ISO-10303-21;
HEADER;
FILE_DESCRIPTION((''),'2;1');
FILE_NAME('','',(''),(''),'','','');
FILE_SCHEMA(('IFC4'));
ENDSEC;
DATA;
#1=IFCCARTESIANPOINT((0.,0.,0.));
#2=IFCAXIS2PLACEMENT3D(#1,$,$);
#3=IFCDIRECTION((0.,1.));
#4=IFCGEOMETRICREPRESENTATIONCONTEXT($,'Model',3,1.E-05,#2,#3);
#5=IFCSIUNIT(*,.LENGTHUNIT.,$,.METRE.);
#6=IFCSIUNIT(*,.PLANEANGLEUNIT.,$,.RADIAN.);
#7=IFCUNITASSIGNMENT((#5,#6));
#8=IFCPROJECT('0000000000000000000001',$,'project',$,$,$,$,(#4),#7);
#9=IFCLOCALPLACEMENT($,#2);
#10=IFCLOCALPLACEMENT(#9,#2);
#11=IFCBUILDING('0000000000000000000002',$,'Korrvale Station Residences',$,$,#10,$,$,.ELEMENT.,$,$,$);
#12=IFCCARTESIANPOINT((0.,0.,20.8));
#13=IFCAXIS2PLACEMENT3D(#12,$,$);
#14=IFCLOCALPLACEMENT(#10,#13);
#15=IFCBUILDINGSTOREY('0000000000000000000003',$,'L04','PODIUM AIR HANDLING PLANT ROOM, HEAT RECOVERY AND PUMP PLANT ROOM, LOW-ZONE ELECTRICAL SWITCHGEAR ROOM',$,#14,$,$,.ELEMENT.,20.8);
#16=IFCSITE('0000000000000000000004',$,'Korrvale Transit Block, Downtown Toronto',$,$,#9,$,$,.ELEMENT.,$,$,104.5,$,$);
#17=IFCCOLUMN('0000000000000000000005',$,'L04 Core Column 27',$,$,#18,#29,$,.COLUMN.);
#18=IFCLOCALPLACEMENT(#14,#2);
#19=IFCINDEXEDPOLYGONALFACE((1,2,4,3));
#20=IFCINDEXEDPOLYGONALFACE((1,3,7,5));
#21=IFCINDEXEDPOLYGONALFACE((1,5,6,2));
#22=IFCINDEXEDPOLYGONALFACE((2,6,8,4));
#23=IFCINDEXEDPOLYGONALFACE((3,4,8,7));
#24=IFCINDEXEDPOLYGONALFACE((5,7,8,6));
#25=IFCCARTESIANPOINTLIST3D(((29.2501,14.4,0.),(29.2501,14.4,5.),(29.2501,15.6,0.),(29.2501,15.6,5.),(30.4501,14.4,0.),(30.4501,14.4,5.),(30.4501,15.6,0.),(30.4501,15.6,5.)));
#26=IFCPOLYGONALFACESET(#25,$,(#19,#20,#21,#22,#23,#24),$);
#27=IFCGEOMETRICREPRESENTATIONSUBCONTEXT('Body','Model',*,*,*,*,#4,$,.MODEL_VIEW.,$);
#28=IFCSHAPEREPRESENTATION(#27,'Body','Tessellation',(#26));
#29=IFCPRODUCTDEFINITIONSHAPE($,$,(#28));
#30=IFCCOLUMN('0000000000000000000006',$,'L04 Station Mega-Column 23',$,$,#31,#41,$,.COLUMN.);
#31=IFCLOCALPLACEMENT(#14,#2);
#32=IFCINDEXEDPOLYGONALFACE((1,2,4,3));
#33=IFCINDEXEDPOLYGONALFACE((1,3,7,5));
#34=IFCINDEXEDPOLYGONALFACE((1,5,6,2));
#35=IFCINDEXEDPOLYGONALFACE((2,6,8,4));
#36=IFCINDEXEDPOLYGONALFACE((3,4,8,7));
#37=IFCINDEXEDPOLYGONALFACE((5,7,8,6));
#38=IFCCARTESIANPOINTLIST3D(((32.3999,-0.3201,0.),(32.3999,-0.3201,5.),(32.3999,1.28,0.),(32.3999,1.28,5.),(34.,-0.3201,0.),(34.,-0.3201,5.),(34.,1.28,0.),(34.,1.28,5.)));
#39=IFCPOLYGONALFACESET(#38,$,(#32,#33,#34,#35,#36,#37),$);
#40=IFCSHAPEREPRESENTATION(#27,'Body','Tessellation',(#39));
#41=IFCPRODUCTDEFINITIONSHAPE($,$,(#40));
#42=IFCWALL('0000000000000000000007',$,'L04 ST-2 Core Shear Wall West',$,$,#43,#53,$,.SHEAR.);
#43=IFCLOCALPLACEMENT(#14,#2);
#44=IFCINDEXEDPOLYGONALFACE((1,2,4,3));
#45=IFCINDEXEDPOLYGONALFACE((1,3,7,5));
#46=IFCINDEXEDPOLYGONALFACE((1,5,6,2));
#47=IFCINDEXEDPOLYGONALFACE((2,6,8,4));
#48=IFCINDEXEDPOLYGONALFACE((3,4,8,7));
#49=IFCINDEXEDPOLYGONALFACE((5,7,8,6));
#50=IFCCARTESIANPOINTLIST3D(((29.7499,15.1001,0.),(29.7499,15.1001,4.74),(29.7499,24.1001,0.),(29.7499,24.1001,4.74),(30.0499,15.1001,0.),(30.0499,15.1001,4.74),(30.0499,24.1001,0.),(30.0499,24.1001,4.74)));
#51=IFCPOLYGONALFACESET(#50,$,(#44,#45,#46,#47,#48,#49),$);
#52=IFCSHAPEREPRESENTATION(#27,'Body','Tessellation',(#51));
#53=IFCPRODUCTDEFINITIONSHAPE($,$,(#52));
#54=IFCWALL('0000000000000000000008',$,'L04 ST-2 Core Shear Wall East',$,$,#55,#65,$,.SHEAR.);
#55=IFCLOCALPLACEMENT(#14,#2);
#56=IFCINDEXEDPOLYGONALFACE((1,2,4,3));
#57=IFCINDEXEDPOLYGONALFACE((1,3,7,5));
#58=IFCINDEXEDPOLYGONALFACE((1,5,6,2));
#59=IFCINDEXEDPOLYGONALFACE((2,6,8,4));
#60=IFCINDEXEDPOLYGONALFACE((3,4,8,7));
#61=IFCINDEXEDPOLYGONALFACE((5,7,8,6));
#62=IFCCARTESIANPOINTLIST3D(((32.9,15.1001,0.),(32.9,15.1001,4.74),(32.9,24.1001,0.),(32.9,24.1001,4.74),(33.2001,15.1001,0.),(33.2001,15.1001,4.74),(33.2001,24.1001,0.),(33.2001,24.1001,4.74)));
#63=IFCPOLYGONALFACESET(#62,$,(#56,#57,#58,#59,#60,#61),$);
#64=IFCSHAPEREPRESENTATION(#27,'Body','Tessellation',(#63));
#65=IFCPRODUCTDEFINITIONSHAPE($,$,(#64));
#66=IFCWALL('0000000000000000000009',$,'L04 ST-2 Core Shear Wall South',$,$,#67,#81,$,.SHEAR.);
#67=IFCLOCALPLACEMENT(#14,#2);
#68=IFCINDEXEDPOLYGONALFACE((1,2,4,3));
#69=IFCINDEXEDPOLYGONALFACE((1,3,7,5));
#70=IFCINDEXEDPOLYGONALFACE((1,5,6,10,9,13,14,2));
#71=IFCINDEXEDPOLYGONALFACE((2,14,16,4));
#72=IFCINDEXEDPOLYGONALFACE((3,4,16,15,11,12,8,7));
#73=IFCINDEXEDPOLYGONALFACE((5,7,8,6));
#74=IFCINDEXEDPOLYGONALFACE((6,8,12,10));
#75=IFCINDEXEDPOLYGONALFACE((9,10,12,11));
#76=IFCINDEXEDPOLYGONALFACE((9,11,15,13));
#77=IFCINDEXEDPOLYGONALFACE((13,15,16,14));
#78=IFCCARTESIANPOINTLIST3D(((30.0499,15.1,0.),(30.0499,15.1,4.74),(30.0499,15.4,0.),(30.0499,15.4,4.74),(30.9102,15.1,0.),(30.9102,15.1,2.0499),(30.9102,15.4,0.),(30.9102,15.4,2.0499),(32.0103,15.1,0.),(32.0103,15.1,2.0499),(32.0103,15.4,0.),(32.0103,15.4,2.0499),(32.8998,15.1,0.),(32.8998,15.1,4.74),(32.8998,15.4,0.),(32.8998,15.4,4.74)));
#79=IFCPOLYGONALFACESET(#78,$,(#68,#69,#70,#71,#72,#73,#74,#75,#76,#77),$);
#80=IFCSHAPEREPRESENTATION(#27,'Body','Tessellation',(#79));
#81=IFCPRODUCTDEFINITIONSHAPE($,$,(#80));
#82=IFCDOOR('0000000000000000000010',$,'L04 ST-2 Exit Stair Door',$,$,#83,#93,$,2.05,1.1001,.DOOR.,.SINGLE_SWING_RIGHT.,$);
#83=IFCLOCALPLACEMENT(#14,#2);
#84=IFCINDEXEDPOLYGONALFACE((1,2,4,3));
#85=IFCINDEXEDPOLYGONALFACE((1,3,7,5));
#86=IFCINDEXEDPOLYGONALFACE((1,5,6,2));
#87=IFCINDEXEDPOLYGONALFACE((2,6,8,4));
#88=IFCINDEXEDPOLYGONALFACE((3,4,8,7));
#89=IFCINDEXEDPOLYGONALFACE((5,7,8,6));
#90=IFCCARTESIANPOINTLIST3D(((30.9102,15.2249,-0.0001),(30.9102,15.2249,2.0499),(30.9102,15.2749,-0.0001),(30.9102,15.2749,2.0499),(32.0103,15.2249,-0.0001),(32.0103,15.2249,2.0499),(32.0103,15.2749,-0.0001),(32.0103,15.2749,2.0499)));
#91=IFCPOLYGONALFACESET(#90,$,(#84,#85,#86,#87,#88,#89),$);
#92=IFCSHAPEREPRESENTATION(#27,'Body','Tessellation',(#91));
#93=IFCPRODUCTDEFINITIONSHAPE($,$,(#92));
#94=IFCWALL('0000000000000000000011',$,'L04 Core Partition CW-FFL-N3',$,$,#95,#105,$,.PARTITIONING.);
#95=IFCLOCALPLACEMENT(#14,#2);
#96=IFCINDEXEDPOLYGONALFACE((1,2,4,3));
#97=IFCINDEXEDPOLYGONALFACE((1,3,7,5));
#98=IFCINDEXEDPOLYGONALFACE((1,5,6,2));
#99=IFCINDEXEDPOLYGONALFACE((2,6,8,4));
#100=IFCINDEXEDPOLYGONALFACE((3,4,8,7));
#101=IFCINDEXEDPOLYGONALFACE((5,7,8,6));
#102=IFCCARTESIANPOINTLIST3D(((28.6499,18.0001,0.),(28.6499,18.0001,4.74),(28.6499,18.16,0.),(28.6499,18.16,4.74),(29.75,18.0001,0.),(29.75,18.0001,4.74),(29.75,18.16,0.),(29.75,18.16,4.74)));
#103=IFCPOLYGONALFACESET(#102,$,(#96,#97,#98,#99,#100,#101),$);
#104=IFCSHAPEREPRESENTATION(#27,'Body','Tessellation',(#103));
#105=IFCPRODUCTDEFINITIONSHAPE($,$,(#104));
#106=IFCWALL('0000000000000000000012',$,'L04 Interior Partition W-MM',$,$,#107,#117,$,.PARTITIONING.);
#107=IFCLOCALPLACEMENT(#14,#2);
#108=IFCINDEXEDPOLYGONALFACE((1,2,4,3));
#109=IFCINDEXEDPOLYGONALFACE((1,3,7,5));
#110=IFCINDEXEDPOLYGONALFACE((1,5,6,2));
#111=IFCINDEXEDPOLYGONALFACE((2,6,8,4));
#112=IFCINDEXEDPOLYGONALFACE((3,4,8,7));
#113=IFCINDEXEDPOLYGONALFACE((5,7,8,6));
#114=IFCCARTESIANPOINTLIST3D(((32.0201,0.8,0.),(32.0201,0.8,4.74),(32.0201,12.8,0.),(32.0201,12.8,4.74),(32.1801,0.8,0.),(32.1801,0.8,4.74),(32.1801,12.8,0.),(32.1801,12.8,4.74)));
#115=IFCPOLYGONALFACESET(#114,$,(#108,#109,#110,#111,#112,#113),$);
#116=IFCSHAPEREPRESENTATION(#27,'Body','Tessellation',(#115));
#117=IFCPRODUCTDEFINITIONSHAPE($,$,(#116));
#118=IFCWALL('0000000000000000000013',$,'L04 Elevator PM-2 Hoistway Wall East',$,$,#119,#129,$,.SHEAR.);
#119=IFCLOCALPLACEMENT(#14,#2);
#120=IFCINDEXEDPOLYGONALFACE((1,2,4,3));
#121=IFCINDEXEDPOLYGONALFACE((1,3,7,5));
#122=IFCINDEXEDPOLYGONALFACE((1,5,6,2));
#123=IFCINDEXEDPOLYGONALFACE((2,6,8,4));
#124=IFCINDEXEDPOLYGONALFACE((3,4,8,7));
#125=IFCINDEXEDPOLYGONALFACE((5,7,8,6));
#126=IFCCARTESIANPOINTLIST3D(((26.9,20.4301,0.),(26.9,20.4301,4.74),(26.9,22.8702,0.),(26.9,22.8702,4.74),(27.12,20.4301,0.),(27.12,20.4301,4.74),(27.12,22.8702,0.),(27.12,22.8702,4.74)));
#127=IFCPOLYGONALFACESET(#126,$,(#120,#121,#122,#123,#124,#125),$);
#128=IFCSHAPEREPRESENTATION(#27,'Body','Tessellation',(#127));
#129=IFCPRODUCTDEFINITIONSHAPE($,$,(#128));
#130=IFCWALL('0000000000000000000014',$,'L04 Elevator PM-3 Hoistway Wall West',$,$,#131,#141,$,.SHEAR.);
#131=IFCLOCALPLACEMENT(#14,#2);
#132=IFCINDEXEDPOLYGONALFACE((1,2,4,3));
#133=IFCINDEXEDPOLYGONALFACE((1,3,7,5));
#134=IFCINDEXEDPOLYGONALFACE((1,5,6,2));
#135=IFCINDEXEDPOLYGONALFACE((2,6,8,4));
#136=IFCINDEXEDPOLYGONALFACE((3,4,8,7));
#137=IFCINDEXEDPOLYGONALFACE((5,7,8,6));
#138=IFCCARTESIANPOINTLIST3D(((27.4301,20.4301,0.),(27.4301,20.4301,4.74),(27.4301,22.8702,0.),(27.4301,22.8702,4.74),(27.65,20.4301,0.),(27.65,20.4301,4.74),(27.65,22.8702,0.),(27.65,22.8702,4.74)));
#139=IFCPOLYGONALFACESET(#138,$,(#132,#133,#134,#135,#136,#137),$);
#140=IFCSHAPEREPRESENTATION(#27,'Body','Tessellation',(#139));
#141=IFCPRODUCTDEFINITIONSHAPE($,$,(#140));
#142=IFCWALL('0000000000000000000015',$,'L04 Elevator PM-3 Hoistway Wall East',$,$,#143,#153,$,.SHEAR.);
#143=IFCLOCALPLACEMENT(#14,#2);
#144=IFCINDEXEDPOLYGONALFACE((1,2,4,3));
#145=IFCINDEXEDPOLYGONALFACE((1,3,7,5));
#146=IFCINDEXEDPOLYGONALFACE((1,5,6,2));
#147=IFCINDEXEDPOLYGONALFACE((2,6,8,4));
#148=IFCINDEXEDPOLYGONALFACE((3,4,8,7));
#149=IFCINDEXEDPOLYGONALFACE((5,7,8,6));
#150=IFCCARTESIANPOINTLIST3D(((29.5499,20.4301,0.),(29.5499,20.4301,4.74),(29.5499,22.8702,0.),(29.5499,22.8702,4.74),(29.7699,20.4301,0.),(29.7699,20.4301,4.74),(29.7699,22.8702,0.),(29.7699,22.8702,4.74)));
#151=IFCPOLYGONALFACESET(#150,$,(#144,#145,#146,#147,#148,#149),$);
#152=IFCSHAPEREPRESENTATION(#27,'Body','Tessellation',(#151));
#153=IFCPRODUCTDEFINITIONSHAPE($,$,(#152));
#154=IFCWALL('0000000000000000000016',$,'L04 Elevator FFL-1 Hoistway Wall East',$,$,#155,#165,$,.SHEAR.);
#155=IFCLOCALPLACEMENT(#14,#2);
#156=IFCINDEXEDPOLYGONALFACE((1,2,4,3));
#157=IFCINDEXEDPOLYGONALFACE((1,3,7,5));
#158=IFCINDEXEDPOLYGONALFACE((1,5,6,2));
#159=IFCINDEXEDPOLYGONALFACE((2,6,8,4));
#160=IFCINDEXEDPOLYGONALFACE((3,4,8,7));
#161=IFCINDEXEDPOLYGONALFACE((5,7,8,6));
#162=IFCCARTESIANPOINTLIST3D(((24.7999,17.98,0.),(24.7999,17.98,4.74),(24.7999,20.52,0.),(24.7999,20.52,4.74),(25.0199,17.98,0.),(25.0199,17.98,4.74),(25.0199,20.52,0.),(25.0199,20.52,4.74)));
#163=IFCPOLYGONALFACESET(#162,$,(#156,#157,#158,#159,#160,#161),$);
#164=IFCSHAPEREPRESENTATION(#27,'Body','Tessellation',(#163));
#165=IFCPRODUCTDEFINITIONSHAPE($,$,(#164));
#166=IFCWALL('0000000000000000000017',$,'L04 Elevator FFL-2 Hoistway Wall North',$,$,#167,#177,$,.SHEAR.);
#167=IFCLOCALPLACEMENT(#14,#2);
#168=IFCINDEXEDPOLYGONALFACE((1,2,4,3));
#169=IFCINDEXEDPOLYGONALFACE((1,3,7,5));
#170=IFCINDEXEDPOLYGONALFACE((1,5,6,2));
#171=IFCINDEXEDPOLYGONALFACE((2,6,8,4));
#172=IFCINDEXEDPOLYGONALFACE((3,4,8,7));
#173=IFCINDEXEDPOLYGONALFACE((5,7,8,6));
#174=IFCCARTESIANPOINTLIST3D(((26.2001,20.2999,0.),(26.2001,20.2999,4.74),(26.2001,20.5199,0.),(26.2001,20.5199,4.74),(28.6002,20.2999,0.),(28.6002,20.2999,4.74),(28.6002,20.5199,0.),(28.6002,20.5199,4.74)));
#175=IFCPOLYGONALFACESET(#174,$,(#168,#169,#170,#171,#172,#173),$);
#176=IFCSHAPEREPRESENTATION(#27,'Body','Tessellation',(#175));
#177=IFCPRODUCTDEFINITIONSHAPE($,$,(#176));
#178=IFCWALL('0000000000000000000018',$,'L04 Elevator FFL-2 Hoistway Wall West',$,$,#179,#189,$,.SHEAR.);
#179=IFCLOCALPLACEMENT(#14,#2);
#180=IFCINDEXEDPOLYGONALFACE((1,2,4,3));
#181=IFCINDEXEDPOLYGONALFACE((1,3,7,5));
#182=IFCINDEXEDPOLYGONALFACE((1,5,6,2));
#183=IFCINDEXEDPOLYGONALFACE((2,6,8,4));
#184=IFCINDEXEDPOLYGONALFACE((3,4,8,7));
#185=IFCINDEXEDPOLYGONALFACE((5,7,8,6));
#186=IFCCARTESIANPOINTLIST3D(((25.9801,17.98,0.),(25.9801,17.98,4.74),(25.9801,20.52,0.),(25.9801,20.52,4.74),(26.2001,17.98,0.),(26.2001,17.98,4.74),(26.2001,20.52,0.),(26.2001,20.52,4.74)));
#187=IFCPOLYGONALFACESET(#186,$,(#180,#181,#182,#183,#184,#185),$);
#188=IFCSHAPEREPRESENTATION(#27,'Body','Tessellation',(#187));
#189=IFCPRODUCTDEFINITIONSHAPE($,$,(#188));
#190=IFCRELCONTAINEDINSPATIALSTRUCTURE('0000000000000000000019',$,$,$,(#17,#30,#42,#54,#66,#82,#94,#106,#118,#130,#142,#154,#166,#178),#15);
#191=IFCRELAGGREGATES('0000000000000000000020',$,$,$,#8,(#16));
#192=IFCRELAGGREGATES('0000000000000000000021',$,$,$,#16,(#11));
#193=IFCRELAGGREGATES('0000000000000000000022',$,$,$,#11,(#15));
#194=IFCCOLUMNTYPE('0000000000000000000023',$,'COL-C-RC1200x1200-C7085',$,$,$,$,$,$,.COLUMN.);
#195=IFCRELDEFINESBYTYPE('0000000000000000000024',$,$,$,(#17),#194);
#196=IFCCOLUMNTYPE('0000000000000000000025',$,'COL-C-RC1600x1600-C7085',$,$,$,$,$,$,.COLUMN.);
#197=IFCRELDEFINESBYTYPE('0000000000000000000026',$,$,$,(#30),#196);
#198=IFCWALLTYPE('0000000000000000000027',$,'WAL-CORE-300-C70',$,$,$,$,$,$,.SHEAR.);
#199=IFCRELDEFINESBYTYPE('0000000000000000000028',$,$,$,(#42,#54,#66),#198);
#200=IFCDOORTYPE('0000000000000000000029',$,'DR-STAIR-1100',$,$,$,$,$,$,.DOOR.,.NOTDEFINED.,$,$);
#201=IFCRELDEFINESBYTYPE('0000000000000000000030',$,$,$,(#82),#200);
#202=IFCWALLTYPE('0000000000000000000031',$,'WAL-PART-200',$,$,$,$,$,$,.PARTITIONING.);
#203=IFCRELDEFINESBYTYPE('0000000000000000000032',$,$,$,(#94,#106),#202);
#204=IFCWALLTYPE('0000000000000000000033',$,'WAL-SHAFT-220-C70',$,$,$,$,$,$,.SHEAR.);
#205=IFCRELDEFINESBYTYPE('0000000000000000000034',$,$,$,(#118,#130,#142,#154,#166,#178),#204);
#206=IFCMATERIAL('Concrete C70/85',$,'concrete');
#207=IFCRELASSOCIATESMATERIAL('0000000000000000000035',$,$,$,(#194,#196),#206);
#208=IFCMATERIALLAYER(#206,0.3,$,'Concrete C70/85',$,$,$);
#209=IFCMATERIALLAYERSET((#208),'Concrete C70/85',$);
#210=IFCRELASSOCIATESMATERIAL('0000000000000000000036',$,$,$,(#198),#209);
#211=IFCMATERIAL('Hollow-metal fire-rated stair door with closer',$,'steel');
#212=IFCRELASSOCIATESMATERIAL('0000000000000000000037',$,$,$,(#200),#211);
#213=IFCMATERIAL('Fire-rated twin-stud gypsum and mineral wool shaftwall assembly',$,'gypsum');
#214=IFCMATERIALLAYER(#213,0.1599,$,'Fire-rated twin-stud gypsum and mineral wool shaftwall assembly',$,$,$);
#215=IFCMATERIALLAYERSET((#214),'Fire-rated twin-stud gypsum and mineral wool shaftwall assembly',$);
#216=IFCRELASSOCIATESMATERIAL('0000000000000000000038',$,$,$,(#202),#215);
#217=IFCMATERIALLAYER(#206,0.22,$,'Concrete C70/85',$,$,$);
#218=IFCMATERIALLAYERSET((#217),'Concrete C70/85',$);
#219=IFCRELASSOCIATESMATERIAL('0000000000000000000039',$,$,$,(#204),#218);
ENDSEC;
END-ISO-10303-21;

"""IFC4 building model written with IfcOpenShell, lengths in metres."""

from ifc_helpers import new_model, si_unit, direction, frame, frame_2d, origin, origin_2d, place, context, subcontext, project, spatial, rectangle, extrude, material, layer, layer_set, material_profile, profile_set, type_object, element, fill, save


model = new_model("IFC4")

# Units and contexts
model_context = context("Model", 3, precision=1e-05, world=origin(), true_north=direction((0.0, 1.0)))
body_context = subcontext(model_context, "Body", "Model", "MODEL_VIEW")
ifc_project = project(units=[si_unit("LENGTHUNIT", "METRE"), si_unit("PLANEANGLEUNIT", "RADIAN")], contexts=[model_context])

# Site, building, storey
site_placement = place(None, origin())
site = spatial("IfcSite", under=ifc_project, at=site_placement, Name="Korrvale Transit Block, Downtown Toronto", CompositionType="ELEMENT", RefElevation=104.5)
building_placement = place(site_placement, origin())
building = spatial("IfcBuilding", under=site, at=building_placement, Name="Korrvale Station Residences", CompositionType="ELEMENT")
storey_placement = place(building_placement, frame((0.0, 0.0, 20.8)))
storey = spatial("IfcBuildingStorey", under=building, at=storey_placement, Name="L04", Description="PODIUM AIR HANDLING PLANT ROOM, HEAT RECOVERY AND PUMP PLANT ROOM, LOW-ZONE ELECTRICAL SWITCHGEAR ROOM", CompositionType="ELEMENT", Elevation=20.8)

# Columns
ifc_material_1 = material(Name="Concrete C70/85", Category="concrete")
ifc_material_profile_1 = material_profile(ifc_material_1, rectangle(XDim=1.2, YDim=1.2, at=origin_2d()), Name="RC1200x1200")
ifc_profile_set_1 = profile_set([ifc_material_profile_1], Name="Concrete C70/85")
column_type_1 = type_object("IfcColumnType", Name="COL-C-RC1200x1200-C7085", PredefinedType="COLUMN", material=ifc_profile_set_1)
column_1_placement = place(storey_placement, frame((29.8501, 15.0, 0.0), z_axis=(0.0, 0.0, 1.0), x_axis=(1.0, 0.0, 0.0)))
element("IfcColumn", 1, at=column_1_placement, inside=storey, type_object=column_type_1, Name="L04 Core Column 27", PredefinedType="COLUMN", context=body_context, shape_type="SweptSolid", body=[
    extrude(rectangle(XDim=1.2, YDim=1.2, at=origin_2d()), origin(), (0.0, 0.0, 1.0), 5.0),
])
ifc_material_profile_2 = material_profile(ifc_material_1, rectangle(XDim=1.6001, YDim=1.6001, at=origin_2d()), Name="RC1600x1600")
ifc_profile_set_2 = profile_set([ifc_material_profile_2], Name="Concrete C70/85")
column_type_2 = type_object("IfcColumnType", Name="COL-C-RC1600x1600-C7085", PredefinedType="COLUMN", material=ifc_profile_set_2)
column_2_placement = place(storey_placement, frame((33.2, 0.48, 0.0), z_axis=(0.0, 0.0, 1.0), x_axis=(1.0, 0.0, 0.0)))
element("IfcColumn", 2, at=column_2_placement, inside=storey, type_object=column_type_2, Name="L04 Station Mega-Column 23", PredefinedType="COLUMN", context=body_context, shape_type="SweptSolid", body=[
    extrude(rectangle(XDim=1.6001, YDim=1.6001, at=origin_2d()), origin(), (0.0, 0.0, 1.0), 5.0),
])

# Walls
ifc_layer_1 = layer(ifc_material_1, 0.3, Name="Concrete C70/85")
ifc_layer_set_1 = layer_set([ifc_layer_1], Name="Concrete C70/85")
wall_type_1 = type_object("IfcWallType", Name="WAL-CORE-300-C70", PredefinedType="SHEAR", material=ifc_layer_set_1)
for number, where, z_axis, x_axis, name in (
    (3, (29.8999, 15.1001, 0.0), (0.0, 0.0, 1.0), (0.0, 1.0, 0.0), "L04 ST-2 Core Shear Wall West"),
    (4, (33.05, 15.1001, 0.0), (0.0, 0.0, 1.0), (0.0, 1.0, 0.0), "L04 ST-2 Core Shear Wall East"),
):
    element("IfcWall", number, at=place(storey_placement, frame(where, z_axis=z_axis, x_axis=x_axis)), inside=storey, type_object=wall_type_1, Name=name, PredefinedType="SHEAR", context=body_context, shape_type="SweptSolid", body=[
        extrude(rectangle(XDim=9.0, YDim=0.3, at=frame_2d((4.5, 0.0))), origin(), (0.0, 0.0, 1.0), 4.74),
    ])

# Wall, opening, door
wall_1_placement = place(storey_placement, frame((30.05, 15.25, 0.0), z_axis=(0.0, 0.0, 1.0), x_axis=(1.0, 0.0, 0.0)))
wall_1 = element("IfcWall", 5, at=wall_1_placement, inside=storey, type_object=wall_type_1, Name="L04 ST-2 Core Shear Wall South", PredefinedType="SHEAR", context=body_context, shape_type="SweptSolid", body=[
    extrude(rectangle(XDim=2.8499, YDim=0.3, at=frame_2d((1.4248, 0.0))), origin(), (0.0, 0.0, 1.0), 4.74),
])
opening_1_placement = place(wall_1_placement, frame((0.8601, 0.0, 0.0)))
opening_1 = element("IfcOpeningElement", 6, at=opening_1_placement, cuts=wall_1, PredefinedType="OPENING", context=body_context, shape_type="SweptSolid", body=[
    extrude(rectangle(XDim=1.1001, YDim=2.05, at=frame_2d((0.55, 1.0249))), frame((0.0, 0.1602, 0.0), z_axis=(0.0, -1.0, 0.0), x_axis=(1.0, 0.0, 0.0)), (0.0, 0.0, 1.0), 0.3201),
])
ifc_material_2 = material(Name="Hollow-metal fire-rated stair door with closer", Category="steel")
door_type_1 = type_object("IfcDoorType", Name="DR-STAIR-1100", OperationType="NOTDEFINED", PredefinedType="DOOR", material=ifc_material_2)
door_1_placement = place(opening_1_placement, origin())
door_1 = element("IfcDoor", 7, at=door_1_placement, inside=storey, type_object=door_type_1, Name="L04 ST-2 Exit Stair Door", OperationType="SINGLE_SWING_RIGHT", OverallHeight=2.05, OverallWidth=1.1001, PredefinedType="DOOR", context=body_context, shape_type="SweptSolid", body=[
    extrude(rectangle(XDim=1.1001, YDim=2.05, at=frame_2d((0.55, 1.0249))), frame((0.0, 0.0249, 0.0), z_axis=(0.0, -1.0, 0.0), x_axis=(1.0, 0.0, 0.0)), (0.0, 0.0, 1.0), 0.05),
])
fill(opening_1, door_1)

# Walls
ifc_material_3 = material(Name="Fire-rated twin-stud gypsum and mineral wool shaftwall assembly", Category="gypsum")
ifc_layer_2 = layer(ifc_material_3, 0.1599, Name="Fire-rated twin-stud gypsum and mineral wool shaftwall assembly")
ifc_layer_set_2 = layer_set([ifc_layer_2], Name="Fire-rated twin-stud gypsum and mineral wool shaftwall assembly")
wall_type_2 = type_object("IfcWallType", Name="WAL-PART-200", PredefinedType="PARTITIONING", material=ifc_layer_set_2)
wall_2_placement = place(storey_placement, frame((28.6499, 18.0801, 0.0), z_axis=(0.0, 0.0, 1.0), x_axis=(1.0, 0.0, 0.0)))
element("IfcWall", 8, at=wall_2_placement, inside=storey, type_object=wall_type_2, Name="L04 Core Partition CW-FFL-N3", PredefinedType="PARTITIONING", context=body_context, shape_type="SweptSolid", body=[
    extrude(rectangle(XDim=1.1001, YDim=0.1599, at=frame_2d((0.55, 0.0))), origin(), (0.0, 0.0, 1.0), 4.74),
])
wall_3_placement = place(storey_placement, frame((32.1001, 0.8, 0.0), z_axis=(0.0, 0.0, 1.0), x_axis=(0.0, 1.0, 0.0)))
element("IfcWall", 9, at=wall_3_placement, inside=storey, type_object=wall_type_2, Name="L04 Interior Partition W-MM", PredefinedType="PARTITIONING", context=body_context, shape_type="SweptSolid", body=[
    extrude(rectangle(XDim=12.0, YDim=0.1599, at=frame_2d((6.0, 0.0))), origin(), (0.0, 0.0, 1.0), 4.74),
])
ifc_layer_3 = layer(ifc_material_1, 0.22, Name="Concrete C70/85")
ifc_layer_set_3 = layer_set([ifc_layer_3], Name="Concrete C70/85")
wall_type_3 = type_object("IfcWallType", Name="WAL-SHAFT-220-C70", PredefinedType="SHEAR", material=ifc_layer_set_3)
for number, where, z_axis, x_axis, name in (
    (10, (27.01, 20.4299, 0.0), (0.0, 0.0, 1.0), (0.0, 1.0, 0.0), "L04 Elevator PM-2 Hoistway Wall East"),
    (11, (27.54, 20.4299, 0.0), (0.0, 0.0, 1.0), (0.0, 1.0, 0.0), "L04 Elevator PM-3 Hoistway Wall West"),
    (12, (29.6599, 20.4299, 0.0), (0.0, 0.0, 1.0), (0.0, 1.0, 0.0), "L04 Elevator PM-3 Hoistway Wall East"),
):
    element("IfcWall", number, at=place(storey_placement, frame(where, z_axis=z_axis, x_axis=x_axis)), inside=storey, type_object=wall_type_3, Name=name, PredefinedType="SHEAR", context=body_context, shape_type="SweptSolid", body=[
        extrude(rectangle(XDim=2.4402, YDim=0.22, at=frame_2d((1.2202, 0.0))), origin(), (0.0, 0.0, 1.0), 4.74),
    ])
wall_4_placement = place(storey_placement, frame((24.9099, 17.98, 0.0), z_axis=(0.0, 0.0, 1.0), x_axis=(0.0, 1.0, 0.0)))
element("IfcWall", 13, at=wall_4_placement, inside=storey, type_object=wall_type_3, Name="L04 Elevator FFL-1 Hoistway Wall East", PredefinedType="SHEAR", context=body_context, shape_type="SweptSolid", body=[
    extrude(rectangle(XDim=2.54, YDim=0.22, at=frame_2d((1.27, 0.0))), origin(), (0.0, 0.0, 1.0), 4.74),
])

# Walls
wall_5_placement = place(storey_placement, frame((26.2, 20.4099, 0.0), z_axis=(0.0, 0.0, 1.0), x_axis=(1.0, 0.0, 0.0)))
element("IfcWall", 14, at=wall_5_placement, inside=storey, type_object=wall_type_3, Name="L04 Elevator FFL-2 Hoistway Wall North", PredefinedType="SHEAR", context=body_context, shape_type="SweptSolid", body=[
    extrude(rectangle(XDim=2.4001, YDim=0.22, at=frame_2d((1.2002, 0.0))), origin(), (0.0, 0.0, 1.0), 4.74),
])
for number, where, z_axis, x_axis, name in (
    (15, (26.0901, 17.98, 0.0), (0.0, 0.0, 1.0), (0.0, 1.0, 0.0), "L04 Elevator FFL-2 Hoistway Wall West"),
):
    element("IfcWall", number, at=place(storey_placement, frame(where, z_axis=z_axis, x_axis=x_axis)), inside=storey, type_object=wall_type_3, Name=name, PredefinedType="SHEAR", context=body_context, shape_type="SweptSolid", body=[
        extrude(rectangle(XDim=2.54, YDim=0.22, at=frame_2d((1.27, 0.0))), origin(), (0.0, 0.0, 1.0), 4.74),
    ])

save(model, "model.ifc")
